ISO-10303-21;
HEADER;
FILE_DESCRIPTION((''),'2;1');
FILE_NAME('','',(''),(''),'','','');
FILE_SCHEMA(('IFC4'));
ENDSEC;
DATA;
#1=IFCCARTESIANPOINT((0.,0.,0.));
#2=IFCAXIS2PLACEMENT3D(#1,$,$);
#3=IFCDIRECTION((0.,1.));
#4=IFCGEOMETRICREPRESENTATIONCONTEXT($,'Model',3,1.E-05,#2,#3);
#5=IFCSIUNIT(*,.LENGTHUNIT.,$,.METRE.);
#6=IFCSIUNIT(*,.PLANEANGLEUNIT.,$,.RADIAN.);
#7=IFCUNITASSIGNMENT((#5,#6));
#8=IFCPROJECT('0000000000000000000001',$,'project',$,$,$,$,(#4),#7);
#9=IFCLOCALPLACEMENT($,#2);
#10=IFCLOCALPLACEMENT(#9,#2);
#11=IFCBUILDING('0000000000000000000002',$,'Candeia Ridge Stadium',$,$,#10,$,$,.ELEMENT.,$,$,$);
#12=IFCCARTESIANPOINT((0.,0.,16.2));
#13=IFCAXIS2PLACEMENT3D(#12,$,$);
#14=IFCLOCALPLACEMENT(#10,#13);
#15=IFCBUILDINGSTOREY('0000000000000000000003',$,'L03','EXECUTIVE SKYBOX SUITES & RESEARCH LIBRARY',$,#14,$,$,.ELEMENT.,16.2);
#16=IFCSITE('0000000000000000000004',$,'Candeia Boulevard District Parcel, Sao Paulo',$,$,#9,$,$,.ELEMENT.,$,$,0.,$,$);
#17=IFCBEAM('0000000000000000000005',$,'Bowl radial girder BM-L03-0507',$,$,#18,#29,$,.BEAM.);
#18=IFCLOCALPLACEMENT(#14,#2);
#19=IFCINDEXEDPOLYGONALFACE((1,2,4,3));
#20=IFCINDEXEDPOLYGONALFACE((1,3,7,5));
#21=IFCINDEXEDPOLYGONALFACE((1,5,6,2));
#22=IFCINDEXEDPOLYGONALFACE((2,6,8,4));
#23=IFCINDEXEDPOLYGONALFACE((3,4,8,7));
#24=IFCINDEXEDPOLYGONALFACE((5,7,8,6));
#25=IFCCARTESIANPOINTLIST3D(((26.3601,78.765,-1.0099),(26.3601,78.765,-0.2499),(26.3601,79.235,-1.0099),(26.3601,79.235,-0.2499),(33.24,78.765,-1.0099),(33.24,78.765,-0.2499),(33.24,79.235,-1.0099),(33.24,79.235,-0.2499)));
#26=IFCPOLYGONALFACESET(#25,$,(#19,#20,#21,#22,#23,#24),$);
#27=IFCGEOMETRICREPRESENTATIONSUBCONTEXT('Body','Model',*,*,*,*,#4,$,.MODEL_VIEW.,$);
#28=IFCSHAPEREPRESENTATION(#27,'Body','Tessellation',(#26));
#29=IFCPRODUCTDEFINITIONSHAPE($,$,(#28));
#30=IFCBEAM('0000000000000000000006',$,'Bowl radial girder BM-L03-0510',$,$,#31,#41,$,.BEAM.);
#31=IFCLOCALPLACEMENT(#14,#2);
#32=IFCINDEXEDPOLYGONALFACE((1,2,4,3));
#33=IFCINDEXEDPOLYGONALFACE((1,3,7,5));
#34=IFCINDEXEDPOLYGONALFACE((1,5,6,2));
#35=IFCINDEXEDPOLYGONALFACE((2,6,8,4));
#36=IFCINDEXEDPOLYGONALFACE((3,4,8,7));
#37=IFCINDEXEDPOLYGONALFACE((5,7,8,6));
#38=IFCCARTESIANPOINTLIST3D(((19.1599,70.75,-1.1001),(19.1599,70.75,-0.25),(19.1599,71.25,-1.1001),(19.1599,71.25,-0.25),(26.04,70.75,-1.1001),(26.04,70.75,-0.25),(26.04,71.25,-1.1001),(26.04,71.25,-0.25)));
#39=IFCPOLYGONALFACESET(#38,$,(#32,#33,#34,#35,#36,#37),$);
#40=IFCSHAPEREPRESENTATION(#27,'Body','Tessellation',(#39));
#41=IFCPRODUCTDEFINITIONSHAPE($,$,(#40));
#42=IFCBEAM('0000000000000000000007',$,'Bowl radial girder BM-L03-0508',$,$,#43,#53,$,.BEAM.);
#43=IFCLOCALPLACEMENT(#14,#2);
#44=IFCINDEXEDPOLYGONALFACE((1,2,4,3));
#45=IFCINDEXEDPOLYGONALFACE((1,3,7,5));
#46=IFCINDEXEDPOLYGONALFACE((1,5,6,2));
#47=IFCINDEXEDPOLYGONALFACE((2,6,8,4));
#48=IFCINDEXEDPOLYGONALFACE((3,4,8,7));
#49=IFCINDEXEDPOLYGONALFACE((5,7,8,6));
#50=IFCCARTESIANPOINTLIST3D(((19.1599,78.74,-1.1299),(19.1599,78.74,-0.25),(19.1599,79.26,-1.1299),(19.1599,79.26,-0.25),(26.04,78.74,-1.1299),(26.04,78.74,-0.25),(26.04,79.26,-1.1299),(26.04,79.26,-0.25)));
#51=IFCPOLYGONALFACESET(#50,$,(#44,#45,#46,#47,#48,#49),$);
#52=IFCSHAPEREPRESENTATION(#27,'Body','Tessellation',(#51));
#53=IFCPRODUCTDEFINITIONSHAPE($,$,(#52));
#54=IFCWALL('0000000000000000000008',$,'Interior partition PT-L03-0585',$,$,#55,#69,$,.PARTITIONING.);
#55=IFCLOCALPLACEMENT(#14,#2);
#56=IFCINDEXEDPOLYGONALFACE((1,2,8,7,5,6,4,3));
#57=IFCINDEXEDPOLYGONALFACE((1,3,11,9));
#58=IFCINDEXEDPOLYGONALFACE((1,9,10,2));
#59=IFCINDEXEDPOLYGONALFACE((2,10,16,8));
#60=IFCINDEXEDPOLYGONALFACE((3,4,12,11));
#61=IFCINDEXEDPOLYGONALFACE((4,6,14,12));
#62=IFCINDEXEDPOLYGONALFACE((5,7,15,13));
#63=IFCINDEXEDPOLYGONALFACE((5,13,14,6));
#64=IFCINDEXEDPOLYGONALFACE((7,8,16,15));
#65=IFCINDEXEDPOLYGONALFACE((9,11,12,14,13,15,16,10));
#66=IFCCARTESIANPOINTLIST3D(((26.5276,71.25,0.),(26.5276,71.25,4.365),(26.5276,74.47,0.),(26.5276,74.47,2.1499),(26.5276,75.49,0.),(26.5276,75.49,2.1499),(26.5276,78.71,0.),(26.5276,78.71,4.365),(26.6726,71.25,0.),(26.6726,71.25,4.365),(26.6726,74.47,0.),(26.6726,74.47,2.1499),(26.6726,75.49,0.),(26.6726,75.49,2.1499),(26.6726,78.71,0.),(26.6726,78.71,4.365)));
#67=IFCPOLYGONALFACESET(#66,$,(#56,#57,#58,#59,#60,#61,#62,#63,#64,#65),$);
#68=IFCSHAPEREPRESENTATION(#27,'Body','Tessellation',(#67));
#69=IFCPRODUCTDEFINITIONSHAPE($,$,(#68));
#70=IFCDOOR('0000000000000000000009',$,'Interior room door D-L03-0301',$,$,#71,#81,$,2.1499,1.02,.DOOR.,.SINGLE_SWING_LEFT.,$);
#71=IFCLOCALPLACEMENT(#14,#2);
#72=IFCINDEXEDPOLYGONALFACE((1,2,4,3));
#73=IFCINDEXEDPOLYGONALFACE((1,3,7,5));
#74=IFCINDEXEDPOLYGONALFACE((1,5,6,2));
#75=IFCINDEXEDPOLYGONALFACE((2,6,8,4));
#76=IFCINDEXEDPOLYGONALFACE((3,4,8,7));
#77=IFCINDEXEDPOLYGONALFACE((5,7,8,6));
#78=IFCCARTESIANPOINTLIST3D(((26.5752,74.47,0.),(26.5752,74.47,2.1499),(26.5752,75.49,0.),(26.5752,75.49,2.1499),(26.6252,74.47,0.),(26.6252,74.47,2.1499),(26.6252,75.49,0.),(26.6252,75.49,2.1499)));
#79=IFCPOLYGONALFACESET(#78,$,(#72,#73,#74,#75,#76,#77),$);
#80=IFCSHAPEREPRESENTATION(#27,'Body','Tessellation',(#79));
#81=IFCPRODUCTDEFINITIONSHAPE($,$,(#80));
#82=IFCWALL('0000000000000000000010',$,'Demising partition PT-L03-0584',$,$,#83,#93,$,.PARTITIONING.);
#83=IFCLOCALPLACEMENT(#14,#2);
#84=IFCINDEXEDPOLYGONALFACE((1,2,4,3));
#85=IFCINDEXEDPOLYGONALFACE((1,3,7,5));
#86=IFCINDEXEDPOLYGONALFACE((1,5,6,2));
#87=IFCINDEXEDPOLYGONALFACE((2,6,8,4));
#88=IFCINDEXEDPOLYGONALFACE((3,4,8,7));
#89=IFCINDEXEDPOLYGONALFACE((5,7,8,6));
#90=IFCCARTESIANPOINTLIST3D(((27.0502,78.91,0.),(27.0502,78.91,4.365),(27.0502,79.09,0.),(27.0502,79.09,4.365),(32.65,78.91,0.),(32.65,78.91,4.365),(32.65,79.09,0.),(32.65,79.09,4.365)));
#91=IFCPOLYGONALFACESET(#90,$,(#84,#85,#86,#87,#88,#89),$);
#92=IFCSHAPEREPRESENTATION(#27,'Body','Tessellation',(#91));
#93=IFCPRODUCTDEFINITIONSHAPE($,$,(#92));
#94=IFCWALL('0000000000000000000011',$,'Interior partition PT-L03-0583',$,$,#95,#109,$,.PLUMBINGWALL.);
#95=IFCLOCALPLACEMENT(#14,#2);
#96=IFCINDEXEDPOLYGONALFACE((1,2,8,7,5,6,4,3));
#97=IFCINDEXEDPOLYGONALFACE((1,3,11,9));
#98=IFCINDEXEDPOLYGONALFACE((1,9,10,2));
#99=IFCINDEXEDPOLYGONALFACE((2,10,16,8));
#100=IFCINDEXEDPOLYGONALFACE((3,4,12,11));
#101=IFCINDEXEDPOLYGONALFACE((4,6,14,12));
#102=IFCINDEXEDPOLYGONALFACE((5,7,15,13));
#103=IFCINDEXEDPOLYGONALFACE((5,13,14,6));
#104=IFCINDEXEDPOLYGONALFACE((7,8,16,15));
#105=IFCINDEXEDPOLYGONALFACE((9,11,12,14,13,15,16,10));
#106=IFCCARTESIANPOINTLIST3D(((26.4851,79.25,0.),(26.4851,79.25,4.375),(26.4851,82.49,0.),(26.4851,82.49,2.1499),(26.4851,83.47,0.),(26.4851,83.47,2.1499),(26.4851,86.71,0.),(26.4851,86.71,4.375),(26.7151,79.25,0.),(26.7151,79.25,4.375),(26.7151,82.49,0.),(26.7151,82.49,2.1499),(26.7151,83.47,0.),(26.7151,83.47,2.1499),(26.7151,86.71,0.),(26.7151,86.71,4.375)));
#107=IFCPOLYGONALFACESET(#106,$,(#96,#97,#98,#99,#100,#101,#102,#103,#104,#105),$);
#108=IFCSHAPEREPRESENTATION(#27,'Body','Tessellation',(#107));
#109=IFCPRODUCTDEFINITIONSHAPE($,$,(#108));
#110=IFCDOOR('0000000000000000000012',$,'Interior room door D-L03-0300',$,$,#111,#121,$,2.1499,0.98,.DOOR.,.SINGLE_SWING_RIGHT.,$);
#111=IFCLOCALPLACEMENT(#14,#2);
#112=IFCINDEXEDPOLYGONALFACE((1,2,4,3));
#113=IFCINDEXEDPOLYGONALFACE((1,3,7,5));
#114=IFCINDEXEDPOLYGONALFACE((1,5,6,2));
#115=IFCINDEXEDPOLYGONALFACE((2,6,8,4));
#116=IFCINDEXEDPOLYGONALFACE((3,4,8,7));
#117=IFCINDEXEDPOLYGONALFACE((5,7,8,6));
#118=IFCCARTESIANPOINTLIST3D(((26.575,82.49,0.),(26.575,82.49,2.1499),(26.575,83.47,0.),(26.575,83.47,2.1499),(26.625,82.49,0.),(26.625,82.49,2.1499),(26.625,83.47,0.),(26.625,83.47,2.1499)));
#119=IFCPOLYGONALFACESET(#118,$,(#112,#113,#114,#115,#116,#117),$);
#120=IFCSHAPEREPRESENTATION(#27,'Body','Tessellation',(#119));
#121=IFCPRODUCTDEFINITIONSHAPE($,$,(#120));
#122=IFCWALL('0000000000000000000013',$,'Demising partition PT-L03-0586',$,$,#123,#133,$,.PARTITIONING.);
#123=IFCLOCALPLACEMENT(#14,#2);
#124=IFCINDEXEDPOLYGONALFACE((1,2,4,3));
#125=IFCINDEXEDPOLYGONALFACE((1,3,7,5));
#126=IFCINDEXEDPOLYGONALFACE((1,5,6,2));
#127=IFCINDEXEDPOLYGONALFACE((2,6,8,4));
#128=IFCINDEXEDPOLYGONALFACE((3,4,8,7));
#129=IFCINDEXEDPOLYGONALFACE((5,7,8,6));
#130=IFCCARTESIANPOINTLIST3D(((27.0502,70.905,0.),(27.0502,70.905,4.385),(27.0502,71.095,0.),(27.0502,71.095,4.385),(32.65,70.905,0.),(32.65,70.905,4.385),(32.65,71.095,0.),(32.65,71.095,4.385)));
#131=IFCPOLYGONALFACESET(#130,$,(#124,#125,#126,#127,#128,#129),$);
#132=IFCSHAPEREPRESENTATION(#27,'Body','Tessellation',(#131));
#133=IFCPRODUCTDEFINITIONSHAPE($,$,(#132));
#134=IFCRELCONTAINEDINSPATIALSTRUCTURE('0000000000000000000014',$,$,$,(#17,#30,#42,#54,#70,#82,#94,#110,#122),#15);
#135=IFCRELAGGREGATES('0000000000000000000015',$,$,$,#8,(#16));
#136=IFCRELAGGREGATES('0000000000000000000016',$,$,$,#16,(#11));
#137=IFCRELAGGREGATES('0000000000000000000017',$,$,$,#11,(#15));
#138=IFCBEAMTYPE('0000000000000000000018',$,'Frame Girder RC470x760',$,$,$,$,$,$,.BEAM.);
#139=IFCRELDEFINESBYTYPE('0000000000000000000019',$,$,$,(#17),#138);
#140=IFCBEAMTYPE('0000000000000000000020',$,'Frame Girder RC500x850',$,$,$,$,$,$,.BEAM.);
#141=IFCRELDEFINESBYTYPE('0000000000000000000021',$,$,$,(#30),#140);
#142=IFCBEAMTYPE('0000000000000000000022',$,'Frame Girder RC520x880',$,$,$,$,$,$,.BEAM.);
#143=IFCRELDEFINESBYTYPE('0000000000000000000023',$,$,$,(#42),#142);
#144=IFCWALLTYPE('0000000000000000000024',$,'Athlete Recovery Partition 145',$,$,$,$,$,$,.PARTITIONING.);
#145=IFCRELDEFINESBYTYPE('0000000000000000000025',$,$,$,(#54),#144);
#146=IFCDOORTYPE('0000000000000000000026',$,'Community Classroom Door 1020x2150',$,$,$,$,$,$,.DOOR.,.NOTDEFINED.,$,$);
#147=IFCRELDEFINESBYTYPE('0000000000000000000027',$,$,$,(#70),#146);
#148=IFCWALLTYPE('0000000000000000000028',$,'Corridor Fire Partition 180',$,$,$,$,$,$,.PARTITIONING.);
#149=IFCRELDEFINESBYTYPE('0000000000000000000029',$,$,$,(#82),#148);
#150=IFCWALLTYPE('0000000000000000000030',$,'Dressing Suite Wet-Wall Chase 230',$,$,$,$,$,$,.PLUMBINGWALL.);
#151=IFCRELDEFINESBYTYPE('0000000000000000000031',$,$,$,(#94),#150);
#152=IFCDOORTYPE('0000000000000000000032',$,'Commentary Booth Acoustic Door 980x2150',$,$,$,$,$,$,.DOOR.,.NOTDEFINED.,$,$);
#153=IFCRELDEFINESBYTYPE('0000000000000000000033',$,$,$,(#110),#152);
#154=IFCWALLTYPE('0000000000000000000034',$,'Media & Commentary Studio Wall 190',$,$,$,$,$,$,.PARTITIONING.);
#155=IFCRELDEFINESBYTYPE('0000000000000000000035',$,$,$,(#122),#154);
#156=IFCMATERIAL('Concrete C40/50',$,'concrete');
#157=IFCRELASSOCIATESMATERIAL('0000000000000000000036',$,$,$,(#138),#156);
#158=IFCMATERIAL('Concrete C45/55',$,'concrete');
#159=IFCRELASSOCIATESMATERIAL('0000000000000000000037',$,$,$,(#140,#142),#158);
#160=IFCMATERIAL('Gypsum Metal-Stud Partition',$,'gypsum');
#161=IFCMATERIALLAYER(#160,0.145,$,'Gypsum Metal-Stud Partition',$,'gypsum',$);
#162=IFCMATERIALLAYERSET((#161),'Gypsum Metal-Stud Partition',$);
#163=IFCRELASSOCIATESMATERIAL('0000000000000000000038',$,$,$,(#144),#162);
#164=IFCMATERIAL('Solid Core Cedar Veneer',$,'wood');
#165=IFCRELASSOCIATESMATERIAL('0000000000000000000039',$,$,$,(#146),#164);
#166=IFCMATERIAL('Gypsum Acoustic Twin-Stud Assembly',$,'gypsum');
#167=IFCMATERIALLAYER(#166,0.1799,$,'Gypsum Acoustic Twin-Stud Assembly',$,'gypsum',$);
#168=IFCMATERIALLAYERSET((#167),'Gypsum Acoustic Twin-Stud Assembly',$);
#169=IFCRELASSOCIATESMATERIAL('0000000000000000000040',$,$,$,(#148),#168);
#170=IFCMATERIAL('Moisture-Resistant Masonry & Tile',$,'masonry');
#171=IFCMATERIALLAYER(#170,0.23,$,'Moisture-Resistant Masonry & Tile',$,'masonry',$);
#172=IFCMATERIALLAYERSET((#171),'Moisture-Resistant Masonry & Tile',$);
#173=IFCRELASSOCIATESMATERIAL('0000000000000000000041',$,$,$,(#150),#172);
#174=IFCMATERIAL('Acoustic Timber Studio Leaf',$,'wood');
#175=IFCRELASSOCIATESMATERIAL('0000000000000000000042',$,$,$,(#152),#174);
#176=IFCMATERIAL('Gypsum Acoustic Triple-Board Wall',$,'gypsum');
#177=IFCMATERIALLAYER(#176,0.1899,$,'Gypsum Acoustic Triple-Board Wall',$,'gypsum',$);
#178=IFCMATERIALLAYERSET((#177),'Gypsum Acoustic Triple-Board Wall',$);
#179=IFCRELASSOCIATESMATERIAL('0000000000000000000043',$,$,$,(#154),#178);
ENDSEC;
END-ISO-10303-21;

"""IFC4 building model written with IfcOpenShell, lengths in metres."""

from ifc_helpers import new_model, si_unit, direction, frame, frame_2d, origin, origin_2d, place, context, subcontext, project, spatial, rectangle, extrude, material, layer, layer_set, material_profile, profile_set, type_object, element, fill, save


model = new_model("IFC4")

# Units and contexts
model_context = context("Model", 3, precision=1e-05, world=origin(), true_north=direction((0.0, 1.0)))
body_context = subcontext(model_context, "Body", "Model", "MODEL_VIEW")
ifc_project = project(units=[si_unit("LENGTHUNIT", "METRE"), si_unit("PLANEANGLEUNIT", "RADIAN")], contexts=[model_context])

# Site, building, storey
site_placement = place(None, origin())
site = spatial("IfcSite", under=ifc_project, at=site_placement, Name="Candeia Boulevard District Parcel, Sao Paulo", CompositionType="ELEMENT", RefElevation=0.0)
building_placement = place(site_placement, origin())
building = spatial("IfcBuilding", under=site, at=building_placement, Name="Candeia Ridge Stadium", CompositionType="ELEMENT")
storey_placement = place(building_placement, frame((0.0, 0.0, 16.2)))
storey = spatial("IfcBuildingStorey", under=building, at=storey_placement, Name="L03", Description="EXECUTIVE SKYBOX SUITES & RESEARCH LIBRARY", CompositionType="ELEMENT", Elevation=16.2)

# Shared definitions
ifc_material_1 = material(Name="Concrete C40/50", Category="concrete")

# Beams
ifc_material_profile_1 = material_profile(ifc_material_1, rectangle(XDim=0.47, YDim=0.76, at=origin_2d()), Name="RC470x760", Category="concrete")
ifc_profile_set_1 = profile_set([ifc_material_profile_1], Name="Concrete C40/50")
beam_type_1 = type_object("IfcBeamType", Name="Frame Girder RC470x760", PredefinedType="BEAM", material=ifc_profile_set_1)
beam_1_placement = place(storey_placement, frame((33.24, 79.0, -0.6299), z_axis=(-1.0, 0.0, 0.0), x_axis=(0.0, -1.0, 0.0)))
element("IfcBeam", 1, at=beam_1_placement, inside=storey, type_object=beam_type_1, Name="Bowl radial girder BM-L03-0507", PredefinedType="BEAM", context=body_context, shape_type="SweptSolid", body=[
    extrude(rectangle(XDim=0.47, YDim=0.76, at=origin_2d()), origin(), (0.0, 0.0, 1.0), 6.8799),
])
ifc_material_2 = material(Name="Concrete C45/55", Category="concrete")
ifc_material_profile_2 = material_profile(ifc_material_2, rectangle(XDim=0.5, YDim=0.8501, at=origin_2d()), Name="RC500x850", Category="concrete")
ifc_profile_set_2 = profile_set([ifc_material_profile_2], Name="Concrete C45/55")
beam_type_2 = type_object("IfcBeamType", Name="Frame Girder RC500x850", PredefinedType="BEAM", material=ifc_profile_set_2)
beam_2_placement = place(storey_placement, frame((26.04, 71.0, -0.675), z_axis=(-1.0, 0.0, 0.0), x_axis=(0.0, -1.0, 0.0)))
element("IfcBeam", 2, at=beam_2_placement, inside=storey, type_object=beam_type_2, Name="Bowl radial girder BM-L03-0510", PredefinedType="BEAM", context=body_context, shape_type="SweptSolid", body=[
    extrude(rectangle(XDim=0.5, YDim=0.8501, at=origin_2d()), origin(), (0.0, 0.0, 1.0), 6.8801),
])
ifc_material_profile_3 = material_profile(ifc_material_2, rectangle(XDim=0.52, YDim=0.8799, at=origin_2d()), Name="RC520x880", Category="concrete")
ifc_profile_set_3 = profile_set([ifc_material_profile_3], Name="Concrete C45/55")
beam_type_3 = type_object("IfcBeamType", Name="Frame Girder RC520x880", PredefinedType="BEAM", material=ifc_profile_set_3)
beam_3_placement = place(storey_placement, frame((26.04, 79.0, -0.6899), z_axis=(-1.0, 0.0, 0.0), x_axis=(0.0, -1.0, 0.0)))
element("IfcBeam", 3, at=beam_3_placement, inside=storey, type_object=beam_type_3, Name="Bowl radial girder BM-L03-0508", PredefinedType="BEAM", context=body_context, shape_type="SweptSolid", body=[
    extrude(rectangle(XDim=0.52, YDim=0.8799, at=origin_2d()), origin(), (0.0, 0.0, 1.0), 6.8801),
])

# Wall, opening, door
ifc_material_3 = material(Name="Gypsum Metal-Stud Partition", Category="gypsum")
ifc_layer_1 = layer(ifc_material_3, 0.145, Name="Gypsum Metal-Stud Partition", Category="gypsum")
ifc_layer_set_1 = layer_set([ifc_layer_1], Name="Gypsum Metal-Stud Partition")
wall_type_1 = type_object("IfcWallType", Name="Athlete Recovery Partition 145", PredefinedType="PARTITIONING", material=ifc_layer_set_1)
wall_1_placement = place(storey_placement, frame((26.6001, 71.25, 0.0), z_axis=(0.0, 0.0, 1.0), x_axis=(0.0, 1.0, 0.0)))
wall_1 = element("IfcWall", 4, at=wall_1_placement, inside=storey, type_object=wall_type_1, Name="Interior partition PT-L03-0585", PredefinedType="PARTITIONING", context=body_context, shape_type="SweptSolid", body=[
    extrude(rectangle(XDim=7.46, YDim=0.145, at=frame_2d((3.73, 0.0))), origin(), (0.0, 0.0, 1.0), 4.365),
])
opening_1_placement = place(wall_1_placement, frame((3.22, 0.0, 0.0)))
opening_1 = element("IfcOpeningElement", 5, at=opening_1_placement, cuts=wall_1, PredefinedType="OPENING", context=body_context, shape_type="SweptSolid", body=[
    extrude(rectangle(XDim=1.02, YDim=2.1499, at=frame_2d((0.51, 1.075))), frame((0.0, 0.0825, 0.0), z_axis=(0.0, -1.0, 0.0), x_axis=(1.0, 0.0, 0.0)), (0.0, 0.0, 1.0), 0.165),
])
ifc_material_4 = material(Name="Solid Core Cedar Veneer", Category="wood")
door_type_1 = type_object("IfcDoorType", Name="Community Classroom Door 1020x2150", OperationType="NOTDEFINED", PredefinedType="DOOR", material=ifc_material_4)
door_1_placement = place(opening_1_placement, origin())
door_1 = element("IfcDoor", 6, at=door_1_placement, inside=storey, type_object=door_type_1, Name="Interior room door D-L03-0301", OperationType="SINGLE_SWING_LEFT", OverallHeight=2.1499, OverallWidth=1.02, PredefinedType="DOOR", context=body_context, shape_type="SweptSolid", body=[
    extrude(rectangle(XDim=1.02, YDim=2.1499, at=frame_2d((0.51, 1.075))), frame((0.0, 0.0249, 0.0), z_axis=(0.0, -1.0, 0.0), x_axis=(1.0, 0.0, 0.0)), (0.0, 0.0, 1.0), 0.05),
])
fill(opening_1, door_1)

# Wall
ifc_material_5 = material(Name="Gypsum Acoustic Twin-Stud Assembly", Category="gypsum")
ifc_layer_2 = layer(ifc_material_5, 0.1799, Name="Gypsum Acoustic Twin-Stud Assembly", Category="gypsum")
ifc_layer_set_2 = layer_set([ifc_layer_2], Name="Gypsum Acoustic Twin-Stud Assembly")
wall_type_2 = type_object("IfcWallType", Name="Corridor Fire Partition 180", PredefinedType="PARTITIONING", material=ifc_layer_set_2)
wall_2_placement = place(storey_placement, frame((32.6499, 79.0, 0.0), z_axis=(0.0, 0.0, 1.0), x_axis=(-1.0, 0.0, 0.0)))
element("IfcWall", 7, at=wall_2_placement, inside=storey, type_object=wall_type_2, Name="Demising partition PT-L03-0584", PredefinedType="PARTITIONING", context=body_context, shape_type="SweptSolid", body=[
    extrude(rectangle(XDim=5.5999, YDim=0.1799, at=frame_2d((2.7998, 0.0))), origin(), (0.0, 0.0, 1.0), 4.365),
])

# Wall, opening, door
ifc_material_6 = material(Name="Moisture-Resistant Masonry & Tile", Category="masonry")
ifc_layer_3 = layer(ifc_material_6, 0.23, Name="Moisture-Resistant Masonry & Tile", Category="masonry")
ifc_layer_set_3 = layer_set([ifc_layer_3], Name="Moisture-Resistant Masonry & Tile")
wall_type_3 = type_object("IfcWallType", Name="Dressing Suite Wet-Wall Chase 230", PredefinedType="PLUMBINGWALL", material=ifc_layer_set_3)
wall_3_placement = place(storey_placement, frame((26.6001, 79.25, 0.0), z_axis=(0.0, 0.0, 1.0), x_axis=(0.0, 1.0, 0.0)))
wall_3 = element("IfcWall", 8, at=wall_3_placement, inside=storey, type_object=wall_type_3, Name="Interior partition PT-L03-0583", PredefinedType="PLUMBINGWALL", context=body_context, shape_type="SweptSolid", body=[
    extrude(rectangle(XDim=7.46, YDim=0.23, at=frame_2d((3.73, 0.0))), origin(), (0.0, 0.0, 1.0), 4.375),
])
opening_2_placement = place(wall_3_placement, frame((3.24, 0.0, 0.0)))
opening_2 = element("IfcOpeningElement", 9, at=opening_2_placement, cuts=wall_3, PredefinedType="OPENING", context=body_context, shape_type="SweptSolid", body=[
    extrude(rectangle(XDim=0.98, YDim=2.1499, at=frame_2d((0.49, 1.075))), frame((0.0, 0.125, 0.0), z_axis=(0.0, -1.0, 0.0), x_axis=(1.0, 0.0, 0.0)), (0.0, 0.0, 1.0), 0.25),
])
ifc_material_7 = material(Name="Acoustic Timber Studio Leaf", Category="wood")
door_type_2 = type_object("IfcDoorType", Name="Commentary Booth Acoustic Door 980x2150", OperationType="NOTDEFINED", PredefinedType="DOOR", material=ifc_material_7)
door_2_placement = place(opening_2_placement, frame((0.98, 0.0, 0.0), z_axis=(0.0, 0.0, 1.0), x_axis=(-1.0, 0.0, 0.0)))
door_2 = element("IfcDoor", 10, at=door_2_placement, inside=storey, type_object=door_type_2, Name="Interior room door D-L03-0300", OperationType="SINGLE_SWING_RIGHT", OverallHeight=2.1499, OverallWidth=0.98, PredefinedType="DOOR", context=body_context, shape_type="SweptSolid", body=[
    extrude(rectangle(XDim=0.98, YDim=2.1499, at=frame_2d((0.49, 1.075))), frame((0.0, 0.0249, 0.0), z_axis=(0.0, -1.0, 0.0), x_axis=(1.0, 0.0, 0.0)), (0.0, 0.0, 1.0), 0.05),
])
fill(opening_2, door_2)

# Wall
ifc_material_8 = material(Name="Gypsum Acoustic Triple-Board Wall", Category="gypsum")
ifc_layer_4 = layer(ifc_material_8, 0.1899, Name="Gypsum Acoustic Triple-Board Wall", Category="gypsum")
ifc_layer_set_4 = layer_set([ifc_layer_4], Name="Gypsum Acoustic Triple-Board Wall")
wall_type_4 = type_object("IfcWallType", Name="Media & Commentary Studio Wall 190", PredefinedType="PARTITIONING", material=ifc_layer_set_4)
wall_4_placement = place(storey_placement, frame((32.6499, 71.0, 0.0), z_axis=(0.0, 0.0, 1.0), x_axis=(-1.0, 0.0, 0.0)))
element("IfcWall", 11, at=wall_4_placement, inside=storey, type_object=wall_type_4, Name="Demising partition PT-L03-0586", PredefinedType="PARTITIONING", context=body_context, shape_type="SweptSolid", body=[
    extrude(rectangle(XDim=5.5999, YDim=0.1899, at=frame_2d((2.7998, 0.0))), origin(), (0.0, 0.0, 1.0), 4.385),
])

save(model, "model.ifc")
